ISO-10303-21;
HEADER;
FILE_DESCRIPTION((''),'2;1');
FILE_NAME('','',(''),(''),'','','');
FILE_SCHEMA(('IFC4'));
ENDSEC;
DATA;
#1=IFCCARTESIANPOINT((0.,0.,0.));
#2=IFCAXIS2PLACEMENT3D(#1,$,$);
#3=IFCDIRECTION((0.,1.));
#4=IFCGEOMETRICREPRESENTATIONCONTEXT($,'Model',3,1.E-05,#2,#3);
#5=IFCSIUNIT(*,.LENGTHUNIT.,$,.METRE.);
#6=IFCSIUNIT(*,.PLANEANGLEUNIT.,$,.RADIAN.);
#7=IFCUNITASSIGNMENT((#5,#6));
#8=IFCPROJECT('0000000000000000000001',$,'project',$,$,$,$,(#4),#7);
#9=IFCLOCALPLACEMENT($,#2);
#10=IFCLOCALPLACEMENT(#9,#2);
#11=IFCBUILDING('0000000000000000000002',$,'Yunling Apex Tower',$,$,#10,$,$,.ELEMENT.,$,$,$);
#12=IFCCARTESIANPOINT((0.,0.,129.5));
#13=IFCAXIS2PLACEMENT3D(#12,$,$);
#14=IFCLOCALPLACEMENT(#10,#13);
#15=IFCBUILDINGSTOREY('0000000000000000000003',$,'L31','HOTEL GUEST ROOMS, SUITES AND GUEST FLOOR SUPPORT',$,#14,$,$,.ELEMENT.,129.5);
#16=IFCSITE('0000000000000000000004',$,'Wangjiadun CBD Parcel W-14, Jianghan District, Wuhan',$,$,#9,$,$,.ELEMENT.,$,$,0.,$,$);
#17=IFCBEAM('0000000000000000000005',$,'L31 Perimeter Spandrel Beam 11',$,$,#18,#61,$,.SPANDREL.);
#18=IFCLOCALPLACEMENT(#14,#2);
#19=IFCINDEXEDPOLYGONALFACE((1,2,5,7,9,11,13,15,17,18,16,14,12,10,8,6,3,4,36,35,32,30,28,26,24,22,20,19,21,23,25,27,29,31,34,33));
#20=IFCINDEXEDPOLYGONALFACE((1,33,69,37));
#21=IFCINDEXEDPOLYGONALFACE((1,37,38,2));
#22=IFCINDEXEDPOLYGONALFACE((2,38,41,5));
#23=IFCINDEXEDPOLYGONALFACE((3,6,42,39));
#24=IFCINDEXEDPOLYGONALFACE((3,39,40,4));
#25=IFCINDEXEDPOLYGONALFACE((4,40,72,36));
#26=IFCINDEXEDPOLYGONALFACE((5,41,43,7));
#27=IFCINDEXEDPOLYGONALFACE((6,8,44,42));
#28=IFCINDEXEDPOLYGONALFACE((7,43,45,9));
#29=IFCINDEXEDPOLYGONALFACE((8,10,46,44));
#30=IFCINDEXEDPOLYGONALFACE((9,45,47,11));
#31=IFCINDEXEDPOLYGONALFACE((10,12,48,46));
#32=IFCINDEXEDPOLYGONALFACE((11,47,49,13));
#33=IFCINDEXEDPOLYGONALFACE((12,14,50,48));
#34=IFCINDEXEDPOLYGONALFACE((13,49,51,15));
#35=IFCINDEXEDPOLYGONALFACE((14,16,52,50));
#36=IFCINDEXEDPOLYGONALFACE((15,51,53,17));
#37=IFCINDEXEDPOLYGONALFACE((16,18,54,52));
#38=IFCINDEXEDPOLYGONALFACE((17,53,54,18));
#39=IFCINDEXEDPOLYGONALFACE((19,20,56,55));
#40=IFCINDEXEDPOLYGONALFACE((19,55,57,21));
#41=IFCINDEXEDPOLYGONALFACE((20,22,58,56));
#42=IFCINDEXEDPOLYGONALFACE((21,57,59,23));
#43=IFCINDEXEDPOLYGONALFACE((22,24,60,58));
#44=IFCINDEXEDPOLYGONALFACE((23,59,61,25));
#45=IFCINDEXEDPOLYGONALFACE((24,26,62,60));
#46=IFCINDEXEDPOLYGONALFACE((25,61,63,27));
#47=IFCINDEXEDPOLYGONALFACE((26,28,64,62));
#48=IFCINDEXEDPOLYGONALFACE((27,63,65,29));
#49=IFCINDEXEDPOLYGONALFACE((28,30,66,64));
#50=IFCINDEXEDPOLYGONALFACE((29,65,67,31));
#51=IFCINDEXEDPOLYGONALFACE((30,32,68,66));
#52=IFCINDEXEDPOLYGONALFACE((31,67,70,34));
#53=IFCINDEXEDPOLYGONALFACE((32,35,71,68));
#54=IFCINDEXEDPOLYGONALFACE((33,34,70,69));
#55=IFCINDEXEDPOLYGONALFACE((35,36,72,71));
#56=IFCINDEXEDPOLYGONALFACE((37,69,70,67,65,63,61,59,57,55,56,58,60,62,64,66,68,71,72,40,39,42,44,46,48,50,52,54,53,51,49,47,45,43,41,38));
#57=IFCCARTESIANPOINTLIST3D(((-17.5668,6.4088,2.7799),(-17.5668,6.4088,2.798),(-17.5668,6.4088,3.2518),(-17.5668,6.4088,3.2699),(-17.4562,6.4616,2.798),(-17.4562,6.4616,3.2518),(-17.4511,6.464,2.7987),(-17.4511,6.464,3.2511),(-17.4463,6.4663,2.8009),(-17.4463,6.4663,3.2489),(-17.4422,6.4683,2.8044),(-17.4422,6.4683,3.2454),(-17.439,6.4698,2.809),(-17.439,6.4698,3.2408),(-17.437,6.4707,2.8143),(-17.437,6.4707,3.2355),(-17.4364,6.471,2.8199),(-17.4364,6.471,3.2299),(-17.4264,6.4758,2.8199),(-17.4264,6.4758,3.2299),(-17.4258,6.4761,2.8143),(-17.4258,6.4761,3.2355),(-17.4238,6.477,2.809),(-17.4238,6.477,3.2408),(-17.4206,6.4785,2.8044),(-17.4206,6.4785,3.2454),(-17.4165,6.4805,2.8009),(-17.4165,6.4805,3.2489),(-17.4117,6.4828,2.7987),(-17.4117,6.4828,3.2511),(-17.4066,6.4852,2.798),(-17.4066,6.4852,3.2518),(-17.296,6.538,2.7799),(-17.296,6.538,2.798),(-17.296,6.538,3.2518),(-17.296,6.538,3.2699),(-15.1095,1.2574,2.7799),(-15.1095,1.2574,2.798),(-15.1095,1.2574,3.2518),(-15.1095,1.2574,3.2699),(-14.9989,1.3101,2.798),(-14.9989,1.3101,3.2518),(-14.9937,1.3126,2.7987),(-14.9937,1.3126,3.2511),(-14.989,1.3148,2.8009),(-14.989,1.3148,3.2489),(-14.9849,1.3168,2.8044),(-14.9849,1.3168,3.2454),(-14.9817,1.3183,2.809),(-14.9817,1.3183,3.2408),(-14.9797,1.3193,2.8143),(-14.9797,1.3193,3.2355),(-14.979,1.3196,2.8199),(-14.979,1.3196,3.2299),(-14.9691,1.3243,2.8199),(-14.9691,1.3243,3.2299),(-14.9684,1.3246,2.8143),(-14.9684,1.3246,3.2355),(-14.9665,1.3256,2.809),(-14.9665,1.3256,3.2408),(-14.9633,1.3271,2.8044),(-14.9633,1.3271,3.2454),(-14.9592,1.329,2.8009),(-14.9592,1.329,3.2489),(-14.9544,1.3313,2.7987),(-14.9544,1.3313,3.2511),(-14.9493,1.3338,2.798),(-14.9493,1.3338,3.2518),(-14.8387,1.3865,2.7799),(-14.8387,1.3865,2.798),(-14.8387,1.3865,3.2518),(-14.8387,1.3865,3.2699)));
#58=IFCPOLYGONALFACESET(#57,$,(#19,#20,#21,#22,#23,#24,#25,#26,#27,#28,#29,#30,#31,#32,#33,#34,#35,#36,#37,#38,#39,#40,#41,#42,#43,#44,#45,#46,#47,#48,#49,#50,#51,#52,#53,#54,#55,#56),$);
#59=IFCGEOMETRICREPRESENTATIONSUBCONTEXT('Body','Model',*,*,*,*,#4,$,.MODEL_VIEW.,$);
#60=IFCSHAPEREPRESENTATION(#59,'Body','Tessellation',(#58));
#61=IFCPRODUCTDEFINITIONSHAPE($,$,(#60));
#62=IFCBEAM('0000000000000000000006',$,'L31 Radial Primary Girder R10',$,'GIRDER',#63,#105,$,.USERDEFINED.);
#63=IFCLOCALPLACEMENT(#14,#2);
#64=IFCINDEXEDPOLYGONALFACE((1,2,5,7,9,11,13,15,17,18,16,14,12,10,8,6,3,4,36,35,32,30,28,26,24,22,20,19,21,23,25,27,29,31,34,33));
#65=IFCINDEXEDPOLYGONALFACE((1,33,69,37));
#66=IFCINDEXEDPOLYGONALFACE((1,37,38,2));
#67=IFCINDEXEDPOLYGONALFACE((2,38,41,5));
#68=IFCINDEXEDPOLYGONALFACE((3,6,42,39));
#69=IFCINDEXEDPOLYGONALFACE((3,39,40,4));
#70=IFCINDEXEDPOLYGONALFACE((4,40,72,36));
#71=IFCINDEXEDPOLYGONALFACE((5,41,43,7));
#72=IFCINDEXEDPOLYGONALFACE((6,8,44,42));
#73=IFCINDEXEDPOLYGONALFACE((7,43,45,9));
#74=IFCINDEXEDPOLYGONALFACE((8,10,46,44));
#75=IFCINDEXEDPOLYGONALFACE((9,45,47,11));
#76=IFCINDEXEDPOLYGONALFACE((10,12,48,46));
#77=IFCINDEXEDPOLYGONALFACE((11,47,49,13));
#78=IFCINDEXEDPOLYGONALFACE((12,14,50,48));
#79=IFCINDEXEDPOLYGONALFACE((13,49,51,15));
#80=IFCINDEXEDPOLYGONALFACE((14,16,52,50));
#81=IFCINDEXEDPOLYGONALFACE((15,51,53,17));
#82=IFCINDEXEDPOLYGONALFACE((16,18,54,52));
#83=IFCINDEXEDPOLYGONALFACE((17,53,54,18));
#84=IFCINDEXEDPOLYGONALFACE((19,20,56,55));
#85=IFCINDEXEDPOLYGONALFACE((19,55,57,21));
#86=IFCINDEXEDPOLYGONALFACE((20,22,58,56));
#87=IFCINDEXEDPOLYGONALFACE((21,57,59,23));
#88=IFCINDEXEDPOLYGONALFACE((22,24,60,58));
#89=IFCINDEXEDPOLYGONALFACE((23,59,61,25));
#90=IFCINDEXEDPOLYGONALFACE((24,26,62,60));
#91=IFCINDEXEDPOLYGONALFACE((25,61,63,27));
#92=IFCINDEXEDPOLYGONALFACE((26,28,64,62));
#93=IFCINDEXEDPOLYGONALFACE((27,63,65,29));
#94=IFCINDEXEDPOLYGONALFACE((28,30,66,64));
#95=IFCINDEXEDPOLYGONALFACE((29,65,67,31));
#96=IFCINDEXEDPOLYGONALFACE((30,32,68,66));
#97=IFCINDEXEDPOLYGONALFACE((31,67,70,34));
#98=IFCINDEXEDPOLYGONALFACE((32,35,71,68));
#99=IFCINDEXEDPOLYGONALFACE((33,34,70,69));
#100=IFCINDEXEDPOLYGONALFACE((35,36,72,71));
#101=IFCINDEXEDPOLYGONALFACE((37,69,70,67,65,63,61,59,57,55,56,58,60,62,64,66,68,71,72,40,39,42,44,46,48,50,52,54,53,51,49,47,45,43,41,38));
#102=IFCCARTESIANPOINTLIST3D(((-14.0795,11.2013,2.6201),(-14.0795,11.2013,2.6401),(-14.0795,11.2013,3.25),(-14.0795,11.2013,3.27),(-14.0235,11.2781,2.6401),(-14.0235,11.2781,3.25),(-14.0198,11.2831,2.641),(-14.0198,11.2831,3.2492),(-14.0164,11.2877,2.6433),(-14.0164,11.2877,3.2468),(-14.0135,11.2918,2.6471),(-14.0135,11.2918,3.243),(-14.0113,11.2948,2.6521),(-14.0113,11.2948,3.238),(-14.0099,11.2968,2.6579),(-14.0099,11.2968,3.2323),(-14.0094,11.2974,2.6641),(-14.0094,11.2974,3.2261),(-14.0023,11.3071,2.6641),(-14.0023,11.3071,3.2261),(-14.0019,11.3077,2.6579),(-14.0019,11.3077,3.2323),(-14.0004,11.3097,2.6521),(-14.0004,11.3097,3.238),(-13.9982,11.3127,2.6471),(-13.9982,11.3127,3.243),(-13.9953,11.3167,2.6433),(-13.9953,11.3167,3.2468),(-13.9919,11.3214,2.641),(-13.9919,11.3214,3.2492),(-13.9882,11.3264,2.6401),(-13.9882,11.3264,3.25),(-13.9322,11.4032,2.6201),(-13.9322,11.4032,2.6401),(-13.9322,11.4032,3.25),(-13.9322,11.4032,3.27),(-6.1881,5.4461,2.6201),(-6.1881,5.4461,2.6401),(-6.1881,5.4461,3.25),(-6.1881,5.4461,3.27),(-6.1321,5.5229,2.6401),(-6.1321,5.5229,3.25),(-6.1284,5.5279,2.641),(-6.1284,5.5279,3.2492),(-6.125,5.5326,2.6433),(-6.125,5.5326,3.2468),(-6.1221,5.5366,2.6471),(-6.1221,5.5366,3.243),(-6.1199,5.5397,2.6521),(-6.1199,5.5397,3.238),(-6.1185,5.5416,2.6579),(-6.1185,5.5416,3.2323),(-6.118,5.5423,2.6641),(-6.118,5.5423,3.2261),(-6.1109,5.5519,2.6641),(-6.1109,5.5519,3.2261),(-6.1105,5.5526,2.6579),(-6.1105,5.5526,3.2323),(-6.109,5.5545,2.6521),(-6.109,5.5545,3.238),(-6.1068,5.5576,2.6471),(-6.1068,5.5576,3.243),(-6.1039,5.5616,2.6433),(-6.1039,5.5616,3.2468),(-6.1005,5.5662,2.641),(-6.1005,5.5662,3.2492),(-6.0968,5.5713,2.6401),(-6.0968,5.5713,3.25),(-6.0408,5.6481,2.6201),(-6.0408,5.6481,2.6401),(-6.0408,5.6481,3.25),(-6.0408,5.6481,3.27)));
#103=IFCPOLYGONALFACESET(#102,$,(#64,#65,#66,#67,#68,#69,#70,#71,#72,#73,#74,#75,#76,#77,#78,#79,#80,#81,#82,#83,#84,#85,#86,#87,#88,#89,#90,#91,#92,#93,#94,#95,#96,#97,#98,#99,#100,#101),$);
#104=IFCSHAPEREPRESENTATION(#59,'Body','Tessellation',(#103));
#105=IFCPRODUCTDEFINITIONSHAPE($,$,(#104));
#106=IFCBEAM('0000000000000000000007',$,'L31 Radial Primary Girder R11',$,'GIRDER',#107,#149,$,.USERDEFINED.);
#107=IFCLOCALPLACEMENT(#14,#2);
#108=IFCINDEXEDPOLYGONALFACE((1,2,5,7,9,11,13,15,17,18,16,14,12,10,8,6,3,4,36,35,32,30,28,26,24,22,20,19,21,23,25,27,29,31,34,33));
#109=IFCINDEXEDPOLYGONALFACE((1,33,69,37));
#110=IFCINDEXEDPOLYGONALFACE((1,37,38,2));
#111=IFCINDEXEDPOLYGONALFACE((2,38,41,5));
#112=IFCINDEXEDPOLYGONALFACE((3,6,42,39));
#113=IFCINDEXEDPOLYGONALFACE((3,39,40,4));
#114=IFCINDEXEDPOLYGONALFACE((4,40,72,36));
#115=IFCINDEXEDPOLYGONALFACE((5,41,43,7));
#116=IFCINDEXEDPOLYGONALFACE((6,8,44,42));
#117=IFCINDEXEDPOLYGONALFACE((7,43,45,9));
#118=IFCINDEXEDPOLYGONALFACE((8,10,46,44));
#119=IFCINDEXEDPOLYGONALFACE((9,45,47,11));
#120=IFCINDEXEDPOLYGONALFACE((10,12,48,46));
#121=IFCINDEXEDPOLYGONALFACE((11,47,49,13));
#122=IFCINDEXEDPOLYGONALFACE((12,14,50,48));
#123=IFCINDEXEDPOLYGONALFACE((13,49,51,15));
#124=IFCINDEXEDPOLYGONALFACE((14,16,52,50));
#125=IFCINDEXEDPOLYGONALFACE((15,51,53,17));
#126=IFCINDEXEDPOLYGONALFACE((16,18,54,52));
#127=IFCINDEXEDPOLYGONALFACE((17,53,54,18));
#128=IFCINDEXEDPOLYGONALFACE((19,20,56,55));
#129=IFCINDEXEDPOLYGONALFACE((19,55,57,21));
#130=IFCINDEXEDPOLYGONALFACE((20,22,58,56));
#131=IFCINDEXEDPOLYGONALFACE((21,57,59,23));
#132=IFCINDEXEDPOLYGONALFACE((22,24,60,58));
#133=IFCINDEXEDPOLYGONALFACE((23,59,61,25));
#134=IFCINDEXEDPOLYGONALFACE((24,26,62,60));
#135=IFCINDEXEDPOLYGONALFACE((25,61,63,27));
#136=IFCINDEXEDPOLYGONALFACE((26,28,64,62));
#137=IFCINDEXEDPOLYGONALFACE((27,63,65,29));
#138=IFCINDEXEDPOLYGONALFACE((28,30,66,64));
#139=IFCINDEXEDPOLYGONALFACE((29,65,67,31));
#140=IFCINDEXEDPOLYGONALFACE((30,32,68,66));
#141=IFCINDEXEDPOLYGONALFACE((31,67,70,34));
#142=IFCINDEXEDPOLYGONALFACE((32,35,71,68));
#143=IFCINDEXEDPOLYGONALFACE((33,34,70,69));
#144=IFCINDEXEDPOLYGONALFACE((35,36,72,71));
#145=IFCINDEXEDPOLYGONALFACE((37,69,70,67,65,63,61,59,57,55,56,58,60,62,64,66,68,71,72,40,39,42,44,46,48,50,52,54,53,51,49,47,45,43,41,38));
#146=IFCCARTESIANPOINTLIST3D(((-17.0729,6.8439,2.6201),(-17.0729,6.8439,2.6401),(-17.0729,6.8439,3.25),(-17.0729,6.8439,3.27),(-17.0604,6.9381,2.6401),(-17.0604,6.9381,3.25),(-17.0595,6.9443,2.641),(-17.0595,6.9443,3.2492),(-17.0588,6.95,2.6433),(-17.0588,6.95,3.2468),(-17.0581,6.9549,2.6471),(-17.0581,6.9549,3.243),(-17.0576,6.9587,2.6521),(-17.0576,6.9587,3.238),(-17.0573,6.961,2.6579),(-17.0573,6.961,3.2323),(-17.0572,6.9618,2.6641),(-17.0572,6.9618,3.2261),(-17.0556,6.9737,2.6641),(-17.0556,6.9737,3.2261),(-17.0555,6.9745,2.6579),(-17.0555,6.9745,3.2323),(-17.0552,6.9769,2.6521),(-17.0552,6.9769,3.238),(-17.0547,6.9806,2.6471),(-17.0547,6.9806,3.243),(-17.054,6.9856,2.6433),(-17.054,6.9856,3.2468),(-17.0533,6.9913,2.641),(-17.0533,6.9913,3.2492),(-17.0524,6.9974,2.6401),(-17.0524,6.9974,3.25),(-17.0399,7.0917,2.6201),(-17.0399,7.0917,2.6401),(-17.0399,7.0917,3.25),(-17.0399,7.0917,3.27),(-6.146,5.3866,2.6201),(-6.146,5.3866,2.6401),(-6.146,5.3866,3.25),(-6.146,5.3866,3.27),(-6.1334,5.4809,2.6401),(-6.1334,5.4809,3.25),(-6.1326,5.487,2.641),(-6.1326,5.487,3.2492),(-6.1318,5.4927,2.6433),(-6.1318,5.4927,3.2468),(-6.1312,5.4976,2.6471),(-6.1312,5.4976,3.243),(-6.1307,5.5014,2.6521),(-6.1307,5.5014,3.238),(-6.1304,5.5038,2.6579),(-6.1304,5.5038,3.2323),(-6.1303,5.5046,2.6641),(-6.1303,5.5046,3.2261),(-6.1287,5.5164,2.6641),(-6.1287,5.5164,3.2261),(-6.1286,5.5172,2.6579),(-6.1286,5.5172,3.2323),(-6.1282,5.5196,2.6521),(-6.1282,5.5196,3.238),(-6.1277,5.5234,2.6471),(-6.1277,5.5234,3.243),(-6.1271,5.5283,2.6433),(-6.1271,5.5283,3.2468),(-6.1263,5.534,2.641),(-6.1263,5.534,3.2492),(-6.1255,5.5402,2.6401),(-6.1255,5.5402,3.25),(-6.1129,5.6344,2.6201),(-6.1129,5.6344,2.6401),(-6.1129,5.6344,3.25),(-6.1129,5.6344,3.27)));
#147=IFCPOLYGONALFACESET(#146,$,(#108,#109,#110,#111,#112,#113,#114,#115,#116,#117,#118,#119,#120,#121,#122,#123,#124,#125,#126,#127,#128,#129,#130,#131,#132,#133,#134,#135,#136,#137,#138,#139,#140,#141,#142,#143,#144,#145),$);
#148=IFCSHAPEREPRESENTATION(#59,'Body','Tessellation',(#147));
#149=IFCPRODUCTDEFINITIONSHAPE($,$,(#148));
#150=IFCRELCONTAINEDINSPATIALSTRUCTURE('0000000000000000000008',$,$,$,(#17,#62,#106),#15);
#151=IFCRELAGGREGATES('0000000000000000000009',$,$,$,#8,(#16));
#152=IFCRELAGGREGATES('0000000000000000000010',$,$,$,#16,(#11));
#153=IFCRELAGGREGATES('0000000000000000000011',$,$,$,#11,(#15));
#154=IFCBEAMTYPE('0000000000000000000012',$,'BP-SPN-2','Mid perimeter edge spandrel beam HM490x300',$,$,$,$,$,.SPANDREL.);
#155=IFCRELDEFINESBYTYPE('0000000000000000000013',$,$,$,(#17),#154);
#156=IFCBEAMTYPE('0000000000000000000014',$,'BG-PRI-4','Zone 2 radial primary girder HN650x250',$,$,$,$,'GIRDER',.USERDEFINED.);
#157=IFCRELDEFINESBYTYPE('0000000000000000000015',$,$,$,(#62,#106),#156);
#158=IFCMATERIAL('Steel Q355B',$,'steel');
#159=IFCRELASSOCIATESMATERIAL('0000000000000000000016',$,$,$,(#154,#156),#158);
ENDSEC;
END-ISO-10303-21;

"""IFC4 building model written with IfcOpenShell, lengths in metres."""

from ifc_helpers import new_model, si_unit, direction, frame, origin, origin_2d, place, context, subcontext, project, spatial, i_section, extrude, source, transform, mapped, material, material_profile, profile_set, type_object, element, save


model = new_model("IFC4")

# Units and contexts
model_context = context("Model", 3, precision=1e-05, world=origin(), true_north=direction((0.0, 1.0)))
body_context = subcontext(model_context, "Body", "Model", "MODEL_VIEW")
ifc_project = project(units=[si_unit("LENGTHUNIT", "METRE"), si_unit("PLANEANGLEUNIT", "RADIAN")], contexts=[model_context])

# Site, building, storey
site_placement = place(None, origin())
site = spatial("IfcSite", under=ifc_project, at=site_placement, Name="Wangjiadun CBD Parcel W-14, Jianghan District, Wuhan", CompositionType="ELEMENT", RefElevation=0.0)
building_placement = place(site_placement, origin())
building = spatial("IfcBuilding", under=site, at=building_placement, Name="Yunling Apex Tower", CompositionType="ELEMENT")
storey_placement = place(building_placement, frame((0.0, 0.0, 129.5)))
storey = spatial("IfcBuildingStorey", under=building, at=storey_placement, Name="L31", Description="HOTEL GUEST ROOMS, SUITES AND GUEST FLOOR SUPPORT", CompositionType="ELEMENT", Elevation=129.5)

# Beams
ifc_material_1 = material(Name="Steel Q355B", Category="steel")
ifc_material_profile_1 = material_profile(ifc_material_1, i_section(OverallWidth=0.3, OverallDepth=0.49, WebThickness=0.011, FlangeThickness=0.0181, FilletRadius=0.022, at=origin_2d()))
ifc_profile_set_1 = profile_set([ifc_material_profile_1], Name="Steel Q355B")
beam_type_1 = type_object("IfcBeamType", Name="BP-SPN-2", Description="Mid perimeter edge spandrel beam HM490x300", PredefinedType="SPANDREL", material=ifc_profile_set_1)
shared_shape_1 = source(origin(), body_context, "Body", "SweptSolid", [
    extrude(i_section(OverallWidth=0.3, OverallDepth=0.49, WebThickness=0.011, FlangeThickness=0.0181, FilletRadius=0.022, at=origin_2d()), origin(), (0.0, 0.0, 1.0), 5.7075),
])
beam_1_placement = place(storey_placement, frame((-17.4314, 6.4734, 3.0249), z_axis=(0.43054, -0.902572, 0.0), x_axis=(0.902572, 0.43054, 0.0)))
element("IfcBeam", 1, at=beam_1_placement, inside=storey, type_object=beam_type_1, Name="L31 Perimeter Spandrel Beam 11", PredefinedType="SPANDREL", context=body_context, shape_type="MappedRepresentation", body=[
    mapped(shared_shape_1, transform((0.0, 0.0, 0.0), scale=1.0)),
])
ifc_material_profile_2 = material_profile(ifc_material_1, i_section(OverallWidth=0.25, OverallDepth=0.6499, WebThickness=0.012, FlangeThickness=0.02, FilletRadius=0.0239, at=origin_2d()))
ifc_profile_set_2 = profile_set([ifc_material_profile_2], Name="Steel Q355B")
beam_type_2 = type_object("IfcBeamType", Name="BG-PRI-4", Description="Zone 2 radial primary girder HN650x250", ElementType="GIRDER", PredefinedType="USERDEFINED", material=ifc_profile_set_2)
shared_shape_2 = source(origin(), body_context, "Body", "SweptSolid", [
    extrude(i_section(OverallWidth=0.25, OverallDepth=0.6499, WebThickness=0.012, FlangeThickness=0.02, FilletRadius=0.0239, at=origin_2d()), origin(), (0.0, 0.0, 1.0), 9.7671),
])
beam_2_placement = place(storey_placement, frame((-14.0059, 11.3022, 2.9451), z_axis=(0.807958, -0.58924, 0.0), x_axis=(0.58924, 0.807958, 0.0)))
element("IfcBeam", 2, at=beam_2_placement, inside=storey, type_object=beam_type_2, Name="L31 Radial Primary Girder R10", ObjectType="GIRDER", PredefinedType="USERDEFINED", context=body_context, shape_type="MappedRepresentation", body=[
    mapped(shared_shape_2, transform((0.0, 0.0, 0.0), scale=1.0)),
])
shared_shape_3 = source(origin(), body_context, "Body", "SweptSolid", [
    extrude(i_section(OverallWidth=0.25, OverallDepth=0.6499, WebThickness=0.012, FlangeThickness=0.02, FilletRadius=0.0239, at=origin_2d()), origin(), (0.0, 0.0, 1.0), 11.0237),
])
beam_3_placement = place(storey_placement, frame((-17.0564, 6.9678, 2.9451), z_axis=(0.991224, -0.132194, 0.0), x_axis=(0.132194, 0.991224, 0.0)))
element("IfcBeam", 3, at=beam_3_placement, inside=storey, type_object=beam_type_2, Name="L31 Radial Primary Girder R11", ObjectType="GIRDER", PredefinedType="USERDEFINED", context=body_context, shape_type="MappedRepresentation", body=[
    mapped(shared_shape_3, transform((0.0, 0.0, 0.0), scale=1.0)),
])

save(model, "model.ifc")
